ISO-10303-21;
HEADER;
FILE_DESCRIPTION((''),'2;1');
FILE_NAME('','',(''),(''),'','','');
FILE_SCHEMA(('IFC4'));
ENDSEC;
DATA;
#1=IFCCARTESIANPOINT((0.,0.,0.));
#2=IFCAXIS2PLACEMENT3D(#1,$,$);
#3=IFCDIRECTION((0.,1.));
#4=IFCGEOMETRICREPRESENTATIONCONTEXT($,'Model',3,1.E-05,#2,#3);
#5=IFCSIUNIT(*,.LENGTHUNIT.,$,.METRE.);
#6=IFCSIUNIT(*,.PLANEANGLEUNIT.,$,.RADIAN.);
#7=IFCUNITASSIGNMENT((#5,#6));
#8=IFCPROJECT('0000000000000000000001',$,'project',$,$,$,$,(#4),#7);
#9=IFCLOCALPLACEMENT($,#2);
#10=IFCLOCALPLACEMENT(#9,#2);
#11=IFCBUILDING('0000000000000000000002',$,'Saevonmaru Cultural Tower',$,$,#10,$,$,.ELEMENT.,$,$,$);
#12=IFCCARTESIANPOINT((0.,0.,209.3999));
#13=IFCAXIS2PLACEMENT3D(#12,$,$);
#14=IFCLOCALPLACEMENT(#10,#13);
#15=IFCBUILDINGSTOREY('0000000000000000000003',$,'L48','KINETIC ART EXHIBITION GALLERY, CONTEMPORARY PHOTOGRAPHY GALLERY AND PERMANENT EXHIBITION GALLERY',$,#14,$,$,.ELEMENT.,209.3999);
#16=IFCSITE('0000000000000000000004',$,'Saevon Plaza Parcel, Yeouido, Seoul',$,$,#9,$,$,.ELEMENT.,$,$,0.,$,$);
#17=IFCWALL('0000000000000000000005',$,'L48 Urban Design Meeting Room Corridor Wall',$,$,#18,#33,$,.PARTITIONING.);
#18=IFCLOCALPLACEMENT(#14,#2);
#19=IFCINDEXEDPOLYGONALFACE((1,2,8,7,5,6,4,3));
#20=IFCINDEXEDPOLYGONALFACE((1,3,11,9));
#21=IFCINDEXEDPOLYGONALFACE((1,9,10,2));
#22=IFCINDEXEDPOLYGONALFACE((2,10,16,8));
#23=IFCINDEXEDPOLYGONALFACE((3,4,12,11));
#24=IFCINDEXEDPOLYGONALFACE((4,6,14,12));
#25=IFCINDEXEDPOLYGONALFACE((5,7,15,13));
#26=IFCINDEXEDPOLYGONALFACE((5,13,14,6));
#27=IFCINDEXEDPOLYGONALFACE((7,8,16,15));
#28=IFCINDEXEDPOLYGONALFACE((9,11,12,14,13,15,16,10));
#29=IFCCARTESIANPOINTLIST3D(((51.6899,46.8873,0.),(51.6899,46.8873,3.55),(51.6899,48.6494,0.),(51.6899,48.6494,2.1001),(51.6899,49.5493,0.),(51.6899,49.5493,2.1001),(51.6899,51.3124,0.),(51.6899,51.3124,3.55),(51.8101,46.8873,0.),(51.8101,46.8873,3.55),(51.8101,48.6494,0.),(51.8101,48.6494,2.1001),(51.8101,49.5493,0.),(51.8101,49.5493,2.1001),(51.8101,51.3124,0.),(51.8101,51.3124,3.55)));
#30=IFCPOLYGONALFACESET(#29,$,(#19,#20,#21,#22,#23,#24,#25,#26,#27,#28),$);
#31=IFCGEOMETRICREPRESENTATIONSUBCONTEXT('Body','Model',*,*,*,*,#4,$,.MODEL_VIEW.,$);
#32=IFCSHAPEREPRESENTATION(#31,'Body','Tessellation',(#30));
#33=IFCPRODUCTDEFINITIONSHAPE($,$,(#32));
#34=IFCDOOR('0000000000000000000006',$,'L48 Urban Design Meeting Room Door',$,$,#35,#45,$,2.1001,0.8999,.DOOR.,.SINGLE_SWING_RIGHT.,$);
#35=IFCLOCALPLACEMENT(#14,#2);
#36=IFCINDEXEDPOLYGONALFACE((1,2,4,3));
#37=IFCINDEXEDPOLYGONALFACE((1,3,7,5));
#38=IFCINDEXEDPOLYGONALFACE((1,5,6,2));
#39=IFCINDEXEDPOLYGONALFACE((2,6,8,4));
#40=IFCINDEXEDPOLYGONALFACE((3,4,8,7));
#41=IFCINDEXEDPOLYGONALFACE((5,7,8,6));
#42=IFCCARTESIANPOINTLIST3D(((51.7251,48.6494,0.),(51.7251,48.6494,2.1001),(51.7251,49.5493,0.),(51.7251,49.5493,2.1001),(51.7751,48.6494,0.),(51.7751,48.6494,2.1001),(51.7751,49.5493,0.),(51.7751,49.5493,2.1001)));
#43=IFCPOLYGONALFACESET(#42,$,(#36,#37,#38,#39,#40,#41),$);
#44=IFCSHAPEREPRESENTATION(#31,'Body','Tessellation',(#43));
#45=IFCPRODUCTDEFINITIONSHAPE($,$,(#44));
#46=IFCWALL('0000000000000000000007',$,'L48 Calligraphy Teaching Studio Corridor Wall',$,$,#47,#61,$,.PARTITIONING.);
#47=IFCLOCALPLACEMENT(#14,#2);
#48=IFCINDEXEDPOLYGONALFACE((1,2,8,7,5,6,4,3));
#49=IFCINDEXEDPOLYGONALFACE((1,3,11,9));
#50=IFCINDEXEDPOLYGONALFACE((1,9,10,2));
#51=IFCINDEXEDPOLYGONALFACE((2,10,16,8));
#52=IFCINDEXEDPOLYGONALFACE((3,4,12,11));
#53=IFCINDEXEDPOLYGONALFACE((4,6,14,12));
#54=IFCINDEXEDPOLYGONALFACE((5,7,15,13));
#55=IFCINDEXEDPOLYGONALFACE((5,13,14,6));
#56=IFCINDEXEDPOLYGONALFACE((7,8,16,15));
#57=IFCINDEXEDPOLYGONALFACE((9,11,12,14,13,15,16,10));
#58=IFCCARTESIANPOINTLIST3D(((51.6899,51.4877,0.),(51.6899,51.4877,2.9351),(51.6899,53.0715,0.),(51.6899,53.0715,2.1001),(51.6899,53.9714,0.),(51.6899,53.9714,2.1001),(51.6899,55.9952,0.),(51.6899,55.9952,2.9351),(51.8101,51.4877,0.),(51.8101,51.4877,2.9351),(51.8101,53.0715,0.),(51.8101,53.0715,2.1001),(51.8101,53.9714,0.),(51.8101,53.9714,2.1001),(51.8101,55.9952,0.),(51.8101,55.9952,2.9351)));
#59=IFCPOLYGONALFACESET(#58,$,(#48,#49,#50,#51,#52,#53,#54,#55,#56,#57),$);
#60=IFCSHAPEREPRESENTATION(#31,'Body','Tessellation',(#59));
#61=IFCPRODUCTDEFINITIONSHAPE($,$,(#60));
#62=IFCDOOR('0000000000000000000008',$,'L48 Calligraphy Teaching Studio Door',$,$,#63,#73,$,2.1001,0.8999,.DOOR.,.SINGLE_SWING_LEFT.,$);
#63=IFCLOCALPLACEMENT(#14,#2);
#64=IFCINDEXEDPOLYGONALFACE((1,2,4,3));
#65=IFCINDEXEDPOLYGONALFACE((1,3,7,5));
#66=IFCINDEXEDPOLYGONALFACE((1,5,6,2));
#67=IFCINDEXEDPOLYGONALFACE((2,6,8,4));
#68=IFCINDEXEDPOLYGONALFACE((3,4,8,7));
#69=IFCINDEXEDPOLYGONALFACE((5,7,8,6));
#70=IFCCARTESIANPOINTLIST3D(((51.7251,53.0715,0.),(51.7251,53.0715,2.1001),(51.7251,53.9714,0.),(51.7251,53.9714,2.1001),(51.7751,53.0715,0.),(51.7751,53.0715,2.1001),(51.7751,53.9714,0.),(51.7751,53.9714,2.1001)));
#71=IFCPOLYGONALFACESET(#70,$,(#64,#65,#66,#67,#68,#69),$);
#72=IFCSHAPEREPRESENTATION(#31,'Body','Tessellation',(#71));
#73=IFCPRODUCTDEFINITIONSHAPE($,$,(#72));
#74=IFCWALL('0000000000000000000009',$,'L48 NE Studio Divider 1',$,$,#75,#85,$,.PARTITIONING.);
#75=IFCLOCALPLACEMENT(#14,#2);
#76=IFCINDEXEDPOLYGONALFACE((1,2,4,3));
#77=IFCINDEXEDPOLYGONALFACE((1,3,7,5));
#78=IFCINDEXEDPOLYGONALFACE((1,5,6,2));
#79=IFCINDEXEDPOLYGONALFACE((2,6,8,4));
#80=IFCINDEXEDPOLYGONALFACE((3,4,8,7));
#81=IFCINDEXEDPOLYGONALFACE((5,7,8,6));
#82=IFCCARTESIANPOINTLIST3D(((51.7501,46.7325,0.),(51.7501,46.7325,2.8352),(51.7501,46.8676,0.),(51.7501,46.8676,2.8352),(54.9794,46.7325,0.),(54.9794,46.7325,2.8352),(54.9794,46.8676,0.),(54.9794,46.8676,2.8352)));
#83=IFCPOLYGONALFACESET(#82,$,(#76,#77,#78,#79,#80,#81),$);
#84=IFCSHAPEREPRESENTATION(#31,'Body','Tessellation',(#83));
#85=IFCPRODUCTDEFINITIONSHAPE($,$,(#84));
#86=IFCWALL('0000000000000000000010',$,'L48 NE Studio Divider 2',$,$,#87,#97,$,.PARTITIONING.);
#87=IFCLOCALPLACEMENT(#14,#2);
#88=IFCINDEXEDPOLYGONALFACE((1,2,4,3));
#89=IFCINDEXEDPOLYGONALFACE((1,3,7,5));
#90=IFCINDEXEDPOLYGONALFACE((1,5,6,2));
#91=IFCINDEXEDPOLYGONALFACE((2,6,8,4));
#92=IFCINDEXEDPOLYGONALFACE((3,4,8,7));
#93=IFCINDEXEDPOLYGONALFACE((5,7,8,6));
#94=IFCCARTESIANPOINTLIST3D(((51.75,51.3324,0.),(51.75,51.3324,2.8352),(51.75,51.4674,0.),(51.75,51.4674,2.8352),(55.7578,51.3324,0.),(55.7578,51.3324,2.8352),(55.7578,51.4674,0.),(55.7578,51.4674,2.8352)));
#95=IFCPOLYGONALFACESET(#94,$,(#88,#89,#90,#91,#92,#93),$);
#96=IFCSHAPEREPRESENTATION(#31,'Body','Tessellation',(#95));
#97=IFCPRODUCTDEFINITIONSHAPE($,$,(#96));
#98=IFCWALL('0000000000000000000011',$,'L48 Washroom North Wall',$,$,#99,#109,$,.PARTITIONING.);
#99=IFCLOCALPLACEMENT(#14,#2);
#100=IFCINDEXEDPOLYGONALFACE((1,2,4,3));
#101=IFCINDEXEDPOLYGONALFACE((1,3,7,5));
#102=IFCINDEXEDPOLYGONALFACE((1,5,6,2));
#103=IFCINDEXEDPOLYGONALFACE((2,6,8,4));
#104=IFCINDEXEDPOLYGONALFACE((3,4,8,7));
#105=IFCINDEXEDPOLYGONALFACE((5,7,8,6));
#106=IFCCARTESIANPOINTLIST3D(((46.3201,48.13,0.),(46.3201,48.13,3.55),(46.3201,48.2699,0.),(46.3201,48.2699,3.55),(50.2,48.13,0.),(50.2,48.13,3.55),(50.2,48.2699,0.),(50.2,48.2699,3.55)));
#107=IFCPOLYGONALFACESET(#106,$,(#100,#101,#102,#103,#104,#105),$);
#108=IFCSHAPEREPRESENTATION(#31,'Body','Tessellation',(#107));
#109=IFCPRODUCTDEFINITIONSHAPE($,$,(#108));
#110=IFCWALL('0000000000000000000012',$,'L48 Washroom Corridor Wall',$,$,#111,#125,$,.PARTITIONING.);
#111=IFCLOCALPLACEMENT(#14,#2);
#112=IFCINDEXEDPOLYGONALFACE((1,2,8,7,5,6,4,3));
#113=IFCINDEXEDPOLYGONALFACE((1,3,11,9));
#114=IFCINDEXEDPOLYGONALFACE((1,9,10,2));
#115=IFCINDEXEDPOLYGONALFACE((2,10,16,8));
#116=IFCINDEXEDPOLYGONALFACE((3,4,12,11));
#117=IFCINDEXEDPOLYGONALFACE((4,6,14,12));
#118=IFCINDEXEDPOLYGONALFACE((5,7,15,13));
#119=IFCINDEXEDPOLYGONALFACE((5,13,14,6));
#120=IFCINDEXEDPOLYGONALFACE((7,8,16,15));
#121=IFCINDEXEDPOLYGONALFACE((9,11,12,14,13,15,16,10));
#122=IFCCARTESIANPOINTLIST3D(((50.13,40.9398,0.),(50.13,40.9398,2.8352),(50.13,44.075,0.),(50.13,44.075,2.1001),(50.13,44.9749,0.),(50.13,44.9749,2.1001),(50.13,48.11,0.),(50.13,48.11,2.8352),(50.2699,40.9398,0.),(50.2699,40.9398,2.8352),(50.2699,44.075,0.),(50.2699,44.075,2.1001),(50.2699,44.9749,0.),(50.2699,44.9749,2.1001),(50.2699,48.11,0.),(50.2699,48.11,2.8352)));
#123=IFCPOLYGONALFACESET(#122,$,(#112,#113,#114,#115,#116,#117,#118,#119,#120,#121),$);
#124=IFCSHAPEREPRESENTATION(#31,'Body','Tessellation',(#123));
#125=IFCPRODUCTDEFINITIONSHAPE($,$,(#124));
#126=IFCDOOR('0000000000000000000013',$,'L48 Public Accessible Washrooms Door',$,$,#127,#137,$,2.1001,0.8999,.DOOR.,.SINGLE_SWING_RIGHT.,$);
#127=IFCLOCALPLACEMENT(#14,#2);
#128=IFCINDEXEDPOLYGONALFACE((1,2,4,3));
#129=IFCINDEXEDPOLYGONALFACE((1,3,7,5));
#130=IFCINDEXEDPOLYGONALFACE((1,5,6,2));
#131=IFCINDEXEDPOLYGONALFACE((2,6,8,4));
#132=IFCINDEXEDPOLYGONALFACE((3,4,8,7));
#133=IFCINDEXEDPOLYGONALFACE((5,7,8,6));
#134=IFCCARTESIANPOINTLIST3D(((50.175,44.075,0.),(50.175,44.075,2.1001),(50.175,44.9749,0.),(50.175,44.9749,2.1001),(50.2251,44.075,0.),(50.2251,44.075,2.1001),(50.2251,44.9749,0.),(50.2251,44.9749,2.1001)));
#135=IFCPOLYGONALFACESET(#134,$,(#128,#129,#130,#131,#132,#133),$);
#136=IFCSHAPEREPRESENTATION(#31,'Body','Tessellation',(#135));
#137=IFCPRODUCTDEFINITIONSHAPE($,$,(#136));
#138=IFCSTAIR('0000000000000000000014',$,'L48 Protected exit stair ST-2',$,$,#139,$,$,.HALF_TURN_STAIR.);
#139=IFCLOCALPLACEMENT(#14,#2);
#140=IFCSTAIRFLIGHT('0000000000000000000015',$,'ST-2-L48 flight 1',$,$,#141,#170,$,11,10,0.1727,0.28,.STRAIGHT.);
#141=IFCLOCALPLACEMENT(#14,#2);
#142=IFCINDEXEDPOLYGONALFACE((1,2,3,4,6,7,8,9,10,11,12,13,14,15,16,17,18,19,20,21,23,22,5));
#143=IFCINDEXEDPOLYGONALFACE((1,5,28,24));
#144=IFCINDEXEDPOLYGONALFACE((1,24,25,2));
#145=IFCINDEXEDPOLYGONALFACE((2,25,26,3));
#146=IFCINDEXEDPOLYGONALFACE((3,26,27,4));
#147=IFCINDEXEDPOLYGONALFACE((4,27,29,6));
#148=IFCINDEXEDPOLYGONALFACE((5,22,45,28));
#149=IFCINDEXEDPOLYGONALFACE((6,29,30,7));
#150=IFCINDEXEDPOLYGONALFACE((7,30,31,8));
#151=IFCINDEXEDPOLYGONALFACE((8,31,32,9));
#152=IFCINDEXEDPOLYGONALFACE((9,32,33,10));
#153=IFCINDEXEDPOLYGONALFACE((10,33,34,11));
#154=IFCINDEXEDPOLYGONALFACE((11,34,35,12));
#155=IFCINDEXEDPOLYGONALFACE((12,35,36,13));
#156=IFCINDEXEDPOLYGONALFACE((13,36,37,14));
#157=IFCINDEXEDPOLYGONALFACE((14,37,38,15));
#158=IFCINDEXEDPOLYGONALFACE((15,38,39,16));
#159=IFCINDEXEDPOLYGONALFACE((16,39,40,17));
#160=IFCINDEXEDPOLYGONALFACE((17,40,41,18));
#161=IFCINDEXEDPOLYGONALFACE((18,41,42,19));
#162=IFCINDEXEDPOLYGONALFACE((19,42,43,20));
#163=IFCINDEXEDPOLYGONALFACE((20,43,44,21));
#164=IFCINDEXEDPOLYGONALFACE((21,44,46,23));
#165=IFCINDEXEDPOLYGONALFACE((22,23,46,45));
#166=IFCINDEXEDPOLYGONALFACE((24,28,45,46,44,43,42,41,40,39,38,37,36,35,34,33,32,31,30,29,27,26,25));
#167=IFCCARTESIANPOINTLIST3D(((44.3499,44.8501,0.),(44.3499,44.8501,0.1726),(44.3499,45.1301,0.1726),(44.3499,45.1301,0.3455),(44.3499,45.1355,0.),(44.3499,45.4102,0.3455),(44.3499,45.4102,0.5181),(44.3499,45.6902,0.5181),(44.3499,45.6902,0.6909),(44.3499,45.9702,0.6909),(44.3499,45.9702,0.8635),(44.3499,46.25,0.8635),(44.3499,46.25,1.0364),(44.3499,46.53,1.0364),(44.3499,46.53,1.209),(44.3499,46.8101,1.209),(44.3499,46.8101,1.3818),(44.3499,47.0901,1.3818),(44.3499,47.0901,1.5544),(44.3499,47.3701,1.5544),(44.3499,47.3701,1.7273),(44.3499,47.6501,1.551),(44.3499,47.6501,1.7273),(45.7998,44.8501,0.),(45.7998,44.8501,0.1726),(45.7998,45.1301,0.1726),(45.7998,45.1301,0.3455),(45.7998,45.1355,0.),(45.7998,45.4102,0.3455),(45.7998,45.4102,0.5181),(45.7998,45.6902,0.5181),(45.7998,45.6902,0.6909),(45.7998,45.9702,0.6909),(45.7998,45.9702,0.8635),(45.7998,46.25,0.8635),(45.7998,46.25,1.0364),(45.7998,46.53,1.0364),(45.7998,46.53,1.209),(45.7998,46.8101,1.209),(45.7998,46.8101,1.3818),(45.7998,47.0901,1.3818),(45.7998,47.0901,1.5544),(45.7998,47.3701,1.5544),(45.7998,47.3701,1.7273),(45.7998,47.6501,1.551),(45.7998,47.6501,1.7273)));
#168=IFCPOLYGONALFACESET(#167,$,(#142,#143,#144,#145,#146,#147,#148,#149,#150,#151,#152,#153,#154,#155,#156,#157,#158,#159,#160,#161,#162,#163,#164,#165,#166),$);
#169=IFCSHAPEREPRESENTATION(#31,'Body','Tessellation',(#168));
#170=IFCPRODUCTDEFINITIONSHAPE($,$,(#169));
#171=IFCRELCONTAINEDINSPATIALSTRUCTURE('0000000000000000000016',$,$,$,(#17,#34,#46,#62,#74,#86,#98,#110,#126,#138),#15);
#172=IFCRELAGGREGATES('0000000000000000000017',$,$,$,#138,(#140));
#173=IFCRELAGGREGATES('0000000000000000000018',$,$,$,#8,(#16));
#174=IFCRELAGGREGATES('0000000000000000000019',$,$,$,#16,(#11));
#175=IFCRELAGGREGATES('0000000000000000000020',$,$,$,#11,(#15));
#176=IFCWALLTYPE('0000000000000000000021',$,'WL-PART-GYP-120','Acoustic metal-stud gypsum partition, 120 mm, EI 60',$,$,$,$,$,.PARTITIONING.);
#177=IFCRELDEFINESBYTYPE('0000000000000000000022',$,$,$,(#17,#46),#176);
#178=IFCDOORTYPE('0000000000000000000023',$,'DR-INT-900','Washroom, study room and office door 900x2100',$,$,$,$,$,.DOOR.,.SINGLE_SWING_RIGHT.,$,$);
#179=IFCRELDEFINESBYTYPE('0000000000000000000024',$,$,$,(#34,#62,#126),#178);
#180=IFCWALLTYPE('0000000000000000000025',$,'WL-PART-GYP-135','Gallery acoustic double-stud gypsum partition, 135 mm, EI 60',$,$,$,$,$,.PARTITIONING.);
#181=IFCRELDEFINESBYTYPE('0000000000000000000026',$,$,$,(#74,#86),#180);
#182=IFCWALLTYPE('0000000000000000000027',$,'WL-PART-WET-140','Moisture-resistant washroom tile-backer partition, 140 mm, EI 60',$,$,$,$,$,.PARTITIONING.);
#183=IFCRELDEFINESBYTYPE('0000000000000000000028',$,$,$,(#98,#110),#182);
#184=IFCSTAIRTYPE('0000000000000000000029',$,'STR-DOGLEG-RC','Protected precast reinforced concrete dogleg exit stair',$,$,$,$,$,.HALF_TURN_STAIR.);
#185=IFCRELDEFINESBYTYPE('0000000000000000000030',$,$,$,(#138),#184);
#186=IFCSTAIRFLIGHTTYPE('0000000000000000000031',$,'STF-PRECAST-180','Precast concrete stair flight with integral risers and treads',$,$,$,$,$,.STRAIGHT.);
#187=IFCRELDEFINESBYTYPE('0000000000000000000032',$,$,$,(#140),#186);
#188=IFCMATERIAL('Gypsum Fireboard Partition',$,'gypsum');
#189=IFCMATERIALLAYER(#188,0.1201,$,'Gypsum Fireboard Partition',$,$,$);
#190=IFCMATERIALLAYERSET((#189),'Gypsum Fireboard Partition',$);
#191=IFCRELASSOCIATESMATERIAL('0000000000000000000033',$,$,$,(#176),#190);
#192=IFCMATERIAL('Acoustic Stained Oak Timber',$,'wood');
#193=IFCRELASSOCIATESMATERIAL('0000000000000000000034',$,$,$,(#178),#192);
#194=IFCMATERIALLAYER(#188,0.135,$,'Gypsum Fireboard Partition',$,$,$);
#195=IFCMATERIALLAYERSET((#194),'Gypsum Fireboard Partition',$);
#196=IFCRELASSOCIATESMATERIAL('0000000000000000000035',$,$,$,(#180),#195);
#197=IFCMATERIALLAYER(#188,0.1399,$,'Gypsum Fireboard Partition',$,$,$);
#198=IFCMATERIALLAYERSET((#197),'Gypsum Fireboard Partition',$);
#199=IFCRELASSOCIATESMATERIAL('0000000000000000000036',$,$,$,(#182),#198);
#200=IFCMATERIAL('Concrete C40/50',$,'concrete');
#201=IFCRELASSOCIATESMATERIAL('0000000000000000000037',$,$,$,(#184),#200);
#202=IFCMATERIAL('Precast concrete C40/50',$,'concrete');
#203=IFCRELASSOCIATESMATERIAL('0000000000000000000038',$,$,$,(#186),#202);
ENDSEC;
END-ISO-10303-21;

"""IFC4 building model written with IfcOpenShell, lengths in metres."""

from ifc_helpers import new_model, si_unit, direction, frame, frame_2d, origin, place, context, subcontext, project, spatial, polyline, rectangle, outline, extrude, material, layer, layer_set, type_object, element, fill, aggregate, save


model = new_model("IFC4")

# Units and contexts
model_context = context("Model", 3, precision=1e-05, world=origin(), true_north=direction((0.0, 1.0)))
body_context = subcontext(model_context, "Body", "Model", "MODEL_VIEW")
ifc_project = project(units=[si_unit("LENGTHUNIT", "METRE"), si_unit("PLANEANGLEUNIT", "RADIAN")], contexts=[model_context])

# Site, building, storey
site_placement = place(None, origin())
site = spatial("IfcSite", under=ifc_project, at=site_placement, Name="Saevon Plaza Parcel, Yeouido, Seoul", CompositionType="ELEMENT", RefElevation=0.0)
building_placement = place(site_placement, origin())
building = spatial("IfcBuilding", under=site, at=building_placement, Name="Saevonmaru Cultural Tower", CompositionType="ELEMENT")
storey_placement = place(building_placement, frame((0.0, 0.0, 209.3999)))
storey = spatial("IfcBuildingStorey", under=building, at=storey_placement, Name="L48", Description="KINETIC ART EXHIBITION GALLERY, CONTEMPORARY PHOTOGRAPHY GALLERY AND PERMANENT EXHIBITION GALLERY", CompositionType="ELEMENT", Elevation=209.3999)

# Walls, openings, doors
ifc_material_1 = material(Name="Gypsum Fireboard Partition", Category="gypsum")
ifc_layer_1 = layer(ifc_material_1, 0.1201, Name="Gypsum Fireboard Partition")
ifc_layer_set_1 = layer_set([ifc_layer_1], Name="Gypsum Fireboard Partition")
wall_type_1 = type_object("IfcWallType", Name="WL-PART-GYP-120", Description="Acoustic metal-stud gypsum partition, 120 mm, EI 60", PredefinedType="PARTITIONING", material=ifc_layer_set_1)
wall_1_placement = place(storey_placement, frame((51.75, 46.8875, 0.0), z_axis=(0.0, 0.0, 1.0), x_axis=(0.0, 1.0, 0.0)))
wall_1 = element("IfcWall", 1, at=wall_1_placement, inside=storey, type_object=wall_type_1, Name="L48 Urban Design Meeting Room Corridor Wall", PredefinedType="PARTITIONING", context=body_context, shape_type="SweptSolid", body=[
    extrude(rectangle(XDim=4.425, YDim=0.1201, at=frame_2d((2.2124, 0.0))), origin(), (0.0, 0.0, 1.0), 3.55),
])
opening_1_placement = place(wall_1_placement, frame((1.762, 0.0, 0.0)))
opening_1 = element("IfcOpeningElement", 2, at=opening_1_placement, cuts=wall_1, PredefinedType="OPENING", context=body_context, shape_type="SweptSolid", body=[
    extrude(rectangle(XDim=0.8999, YDim=2.1001, at=frame_2d((0.45, 1.05))), frame((0.0, 0.0701, 0.0), z_axis=(0.0, -1.0, 0.0), x_axis=(1.0, 0.0, 0.0)), (0.0, 0.0, 1.0), 0.1401),
])
ifc_material_2 = material(Name="Acoustic Stained Oak Timber", Category="wood")
door_type_1 = type_object("IfcDoorType", Name="DR-INT-900", Description="Washroom, study room and office door 900x2100", OperationType="SINGLE_SWING_RIGHT", PredefinedType="DOOR", material=ifc_material_2)
door_1_placement = place(opening_1_placement, origin())
door_1 = element("IfcDoor", 3, at=door_1_placement, inside=storey, type_object=door_type_1, Name="L48 Urban Design Meeting Room Door", OperationType="SINGLE_SWING_RIGHT", OverallHeight=2.1001, OverallWidth=0.8999, PredefinedType="DOOR", context=body_context, shape_type="SweptSolid", body=[
    extrude(rectangle(XDim=0.8999, YDim=2.1001, at=frame_2d((0.45, 1.05))), frame((0.0, 0.0249, 0.0), z_axis=(0.0, -1.0, 0.0), x_axis=(1.0, 0.0, 0.0)), (0.0, 0.0, 1.0), 0.05),
])
fill(opening_1, door_1)
wall_2_placement = place(storey_placement, frame((51.75, 51.4875, 0.0), z_axis=(0.0, 0.0, 1.0), x_axis=(0.0, 1.0, 0.0)))
wall_2 = element("IfcWall", 4, at=wall_2_placement, inside=storey, type_object=wall_type_1, Name="L48 Calligraphy Teaching Studio Corridor Wall", PredefinedType="PARTITIONING", context=body_context, shape_type="SweptSolid", body=[
    extrude(rectangle(XDim=4.5076, YDim=0.1201, at=frame_2d((2.2539, 0.0))), origin(), (0.0, 0.0, 1.0), 2.9351),
])
opening_2_placement = place(wall_2_placement, frame((1.584, 0.0, 0.0)))
opening_2 = element("IfcOpeningElement", 5, at=opening_2_placement, cuts=wall_2, PredefinedType="OPENING", context=body_context, shape_type="SweptSolid", body=[
    extrude(rectangle(XDim=0.8999, YDim=2.1001, at=frame_2d((0.45, 1.05))), frame((0.0, 0.0701, 0.0), z_axis=(0.0, -1.0, 0.0), x_axis=(1.0, 0.0, 0.0)), (0.0, 0.0, 1.0), 0.1401),
])
door_2_placement = place(opening_2_placement, origin())
door_2 = element("IfcDoor", 6, at=door_2_placement, inside=storey, type_object=door_type_1, Name="L48 Calligraphy Teaching Studio Door", OperationType="SINGLE_SWING_LEFT", OverallHeight=2.1001, OverallWidth=0.8999, PredefinedType="DOOR", context=body_context, shape_type="SweptSolid", body=[
    extrude(rectangle(XDim=0.8999, YDim=2.1001, at=frame_2d((0.45, 1.05))), frame((0.0, 0.0249, 0.0), z_axis=(0.0, -1.0, 0.0), x_axis=(1.0, 0.0, 0.0)), (0.0, 0.0, 1.0), 0.05),
])
fill(opening_2, door_2)

# Walls
ifc_layer_2 = layer(ifc_material_1, 0.135, Name="Gypsum Fireboard Partition")
ifc_layer_set_2 = layer_set([ifc_layer_2], Name="Gypsum Fireboard Partition")
wall_type_2 = type_object("IfcWallType", Name="WL-PART-GYP-135", Description="Gallery acoustic double-stud gypsum partition, 135 mm, EI 60", PredefinedType="PARTITIONING", material=ifc_layer_set_2)
wall_3_placement = place(storey_placement, frame((51.75, 46.8, 0.0), z_axis=(0.0, 0.0, 1.0), x_axis=(1.0, 0.0, 0.0)))
element("IfcWall", 7, at=wall_3_placement, inside=storey, type_object=wall_type_2, Name="L48 NE Studio Divider 1", PredefinedType="PARTITIONING", context=body_context, shape_type="SweptSolid", body=[
    extrude(rectangle(XDim=3.2292, YDim=0.135, at=frame_2d((1.6147, 0.0))), origin(), (0.0, 0.0, 1.0), 2.8352),
])
wall_4_placement = place(storey_placement, frame((51.75, 51.3999, 0.0), z_axis=(0.0, 0.0, 1.0), x_axis=(1.0, 0.0, 0.0)))
element("IfcWall", 8, at=wall_4_placement, inside=storey, type_object=wall_type_2, Name="L48 NE Studio Divider 2", PredefinedType="PARTITIONING", context=body_context, shape_type="SweptSolid", body=[
    extrude(rectangle(XDim=4.0078, YDim=0.135, at=frame_2d((2.0039, 0.0))), origin(), (0.0, 0.0, 1.0), 2.8352),
])
ifc_layer_3 = layer(ifc_material_1, 0.1399, Name="Gypsum Fireboard Partition")
ifc_layer_set_3 = layer_set([ifc_layer_3], Name="Gypsum Fireboard Partition")
wall_type_3 = type_object("IfcWallType", Name="WL-PART-WET-140", Description="Moisture-resistant washroom tile-backer partition, 140 mm, EI 60", PredefinedType="PARTITIONING", material=ifc_layer_set_3)
wall_5_placement = place(storey_placement, frame((46.3201, 48.2, 0.0), z_axis=(0.0, 0.0, 1.0), x_axis=(1.0, 0.0, 0.0)))
element("IfcWall", 9, at=wall_5_placement, inside=storey, type_object=wall_type_3, Name="L48 Washroom North Wall", PredefinedType="PARTITIONING", context=body_context, shape_type="SweptSolid", body=[
    extrude(rectangle(XDim=3.8799, YDim=0.1399, at=frame_2d((1.9399, 0.0))), origin(), (0.0, 0.0, 1.0), 3.55),
])

# Wall, opening, door
wall_6_placement = place(storey_placement, frame((50.2, 40.9399, 0.0), z_axis=(0.0, 0.0, 1.0), x_axis=(0.0, 1.0, 0.0)))
wall_6 = element("IfcWall", 10, at=wall_6_placement, inside=storey, type_object=wall_type_3, Name="L48 Washroom Corridor Wall", PredefinedType="PARTITIONING", context=body_context, shape_type="SweptSolid", body=[
    extrude(rectangle(XDim=7.1702, YDim=0.1399, at=frame_2d((3.585, 0.0))), origin(), (0.0, 0.0, 1.0), 2.8352),
])
opening_3_placement = place(wall_6_placement, frame((3.135, 0.0, 0.0)))
opening_3 = element("IfcOpeningElement", 11, at=opening_3_placement, cuts=wall_6, PredefinedType="OPENING", context=body_context, shape_type="SweptSolid", body=[
    extrude(rectangle(XDim=0.8999, YDim=2.1001, at=frame_2d((0.45, 1.05))), frame((0.0, 0.0801, 0.0), z_axis=(0.0, -1.0, 0.0), x_axis=(1.0, 0.0, 0.0)), (0.0, 0.0, 1.0), 0.1599),
])
door_3_placement = place(opening_3_placement, origin())
door_3 = element("IfcDoor", 12, at=door_3_placement, inside=storey, type_object=door_type_1, Name="L48 Public Accessible Washrooms Door", OperationType="SINGLE_SWING_RIGHT", OverallHeight=2.1001, OverallWidth=0.8999, PredefinedType="DOOR", context=body_context, shape_type="SweptSolid", body=[
    extrude(rectangle(XDim=0.8999, YDim=2.1001, at=frame_2d((0.45, 1.05))), frame((0.0, 0.0249, 0.0), z_axis=(0.0, -1.0, 0.0), x_axis=(1.0, 0.0, 0.0)), (0.0, 0.0, 1.0), 0.05),
])
fill(opening_3, door_3)

# Stair, stair flight
ifc_material_3 = material(Name="Concrete C40/50", Category="concrete")
stair_type = type_object("IfcStairType", Name="STR-DOGLEG-RC", Description="Protected precast reinforced concrete dogleg exit stair", PredefinedType="HALF_TURN_STAIR", material=ifc_material_3)
stair_placement = place(storey_placement, origin())
stair = element("IfcStair", 13, at=stair_placement, inside=storey, type_object=stair_type, Name="L48 Protected exit stair ST-2", PredefinedType="HALF_TURN_STAIR")
ifc_material_4 = material(Name="Precast concrete C40/50", Category="concrete")
stair_flight_type = type_object("IfcStairFlightType", Name="STF-PRECAST-180", Description="Precast concrete stair flight with integral risers and treads", PredefinedType="STRAIGHT", material=ifc_material_4)
stair_flight_placement = place(storey_placement, frame((45.075, 44.8501, 0.0), z_axis=(0.0, 0.0, 1.0), x_axis=(0.0, 1.0, 0.0)))
stair_flight = element("IfcStairFlight", 14, at=stair_flight_placement, type_object=stair_flight_type, Name="ST-2-L48 flight 1", NumberOfRisers=11, NumberOfTreads=10, PredefinedType="STRAIGHT", RiserHeight=0.1727, TreadLength=0.28, context=body_context, shape_type="SweptSolid", body=[
    extrude(outline(polyline([(0.0, 0.0), (0.0, 0.1726), (0.28, 0.1726), (0.28, 0.3455), (0.5601, 0.3455), (0.5601, 0.5181), (0.8401, 0.5181), (0.8401, 0.6909), (1.1201, 0.6909), (1.1201, 0.8635), (1.3999, 0.8635), (1.3999, 1.0364), (1.6799, 1.0364), (1.6799, 1.209), (1.96, 1.209), (1.96, 1.3818), (2.24, 1.3818), (2.24, 1.5544), (2.52, 1.5544), (2.52, 1.7273), (2.8, 1.7273), (2.8, 1.8999), (2.8, 1.551), (0.2854, 0.0), (0.0, 0.0)])), frame((0.0, 0.7251, 0.0), z_axis=(0.0, -1.0, 0.0), x_axis=(1.0, 0.0, 0.0)), (0.0, 0.0, 1.0), 1.45),
])
aggregate(stair, [stair_flight])

save(model, "model.ifc")
